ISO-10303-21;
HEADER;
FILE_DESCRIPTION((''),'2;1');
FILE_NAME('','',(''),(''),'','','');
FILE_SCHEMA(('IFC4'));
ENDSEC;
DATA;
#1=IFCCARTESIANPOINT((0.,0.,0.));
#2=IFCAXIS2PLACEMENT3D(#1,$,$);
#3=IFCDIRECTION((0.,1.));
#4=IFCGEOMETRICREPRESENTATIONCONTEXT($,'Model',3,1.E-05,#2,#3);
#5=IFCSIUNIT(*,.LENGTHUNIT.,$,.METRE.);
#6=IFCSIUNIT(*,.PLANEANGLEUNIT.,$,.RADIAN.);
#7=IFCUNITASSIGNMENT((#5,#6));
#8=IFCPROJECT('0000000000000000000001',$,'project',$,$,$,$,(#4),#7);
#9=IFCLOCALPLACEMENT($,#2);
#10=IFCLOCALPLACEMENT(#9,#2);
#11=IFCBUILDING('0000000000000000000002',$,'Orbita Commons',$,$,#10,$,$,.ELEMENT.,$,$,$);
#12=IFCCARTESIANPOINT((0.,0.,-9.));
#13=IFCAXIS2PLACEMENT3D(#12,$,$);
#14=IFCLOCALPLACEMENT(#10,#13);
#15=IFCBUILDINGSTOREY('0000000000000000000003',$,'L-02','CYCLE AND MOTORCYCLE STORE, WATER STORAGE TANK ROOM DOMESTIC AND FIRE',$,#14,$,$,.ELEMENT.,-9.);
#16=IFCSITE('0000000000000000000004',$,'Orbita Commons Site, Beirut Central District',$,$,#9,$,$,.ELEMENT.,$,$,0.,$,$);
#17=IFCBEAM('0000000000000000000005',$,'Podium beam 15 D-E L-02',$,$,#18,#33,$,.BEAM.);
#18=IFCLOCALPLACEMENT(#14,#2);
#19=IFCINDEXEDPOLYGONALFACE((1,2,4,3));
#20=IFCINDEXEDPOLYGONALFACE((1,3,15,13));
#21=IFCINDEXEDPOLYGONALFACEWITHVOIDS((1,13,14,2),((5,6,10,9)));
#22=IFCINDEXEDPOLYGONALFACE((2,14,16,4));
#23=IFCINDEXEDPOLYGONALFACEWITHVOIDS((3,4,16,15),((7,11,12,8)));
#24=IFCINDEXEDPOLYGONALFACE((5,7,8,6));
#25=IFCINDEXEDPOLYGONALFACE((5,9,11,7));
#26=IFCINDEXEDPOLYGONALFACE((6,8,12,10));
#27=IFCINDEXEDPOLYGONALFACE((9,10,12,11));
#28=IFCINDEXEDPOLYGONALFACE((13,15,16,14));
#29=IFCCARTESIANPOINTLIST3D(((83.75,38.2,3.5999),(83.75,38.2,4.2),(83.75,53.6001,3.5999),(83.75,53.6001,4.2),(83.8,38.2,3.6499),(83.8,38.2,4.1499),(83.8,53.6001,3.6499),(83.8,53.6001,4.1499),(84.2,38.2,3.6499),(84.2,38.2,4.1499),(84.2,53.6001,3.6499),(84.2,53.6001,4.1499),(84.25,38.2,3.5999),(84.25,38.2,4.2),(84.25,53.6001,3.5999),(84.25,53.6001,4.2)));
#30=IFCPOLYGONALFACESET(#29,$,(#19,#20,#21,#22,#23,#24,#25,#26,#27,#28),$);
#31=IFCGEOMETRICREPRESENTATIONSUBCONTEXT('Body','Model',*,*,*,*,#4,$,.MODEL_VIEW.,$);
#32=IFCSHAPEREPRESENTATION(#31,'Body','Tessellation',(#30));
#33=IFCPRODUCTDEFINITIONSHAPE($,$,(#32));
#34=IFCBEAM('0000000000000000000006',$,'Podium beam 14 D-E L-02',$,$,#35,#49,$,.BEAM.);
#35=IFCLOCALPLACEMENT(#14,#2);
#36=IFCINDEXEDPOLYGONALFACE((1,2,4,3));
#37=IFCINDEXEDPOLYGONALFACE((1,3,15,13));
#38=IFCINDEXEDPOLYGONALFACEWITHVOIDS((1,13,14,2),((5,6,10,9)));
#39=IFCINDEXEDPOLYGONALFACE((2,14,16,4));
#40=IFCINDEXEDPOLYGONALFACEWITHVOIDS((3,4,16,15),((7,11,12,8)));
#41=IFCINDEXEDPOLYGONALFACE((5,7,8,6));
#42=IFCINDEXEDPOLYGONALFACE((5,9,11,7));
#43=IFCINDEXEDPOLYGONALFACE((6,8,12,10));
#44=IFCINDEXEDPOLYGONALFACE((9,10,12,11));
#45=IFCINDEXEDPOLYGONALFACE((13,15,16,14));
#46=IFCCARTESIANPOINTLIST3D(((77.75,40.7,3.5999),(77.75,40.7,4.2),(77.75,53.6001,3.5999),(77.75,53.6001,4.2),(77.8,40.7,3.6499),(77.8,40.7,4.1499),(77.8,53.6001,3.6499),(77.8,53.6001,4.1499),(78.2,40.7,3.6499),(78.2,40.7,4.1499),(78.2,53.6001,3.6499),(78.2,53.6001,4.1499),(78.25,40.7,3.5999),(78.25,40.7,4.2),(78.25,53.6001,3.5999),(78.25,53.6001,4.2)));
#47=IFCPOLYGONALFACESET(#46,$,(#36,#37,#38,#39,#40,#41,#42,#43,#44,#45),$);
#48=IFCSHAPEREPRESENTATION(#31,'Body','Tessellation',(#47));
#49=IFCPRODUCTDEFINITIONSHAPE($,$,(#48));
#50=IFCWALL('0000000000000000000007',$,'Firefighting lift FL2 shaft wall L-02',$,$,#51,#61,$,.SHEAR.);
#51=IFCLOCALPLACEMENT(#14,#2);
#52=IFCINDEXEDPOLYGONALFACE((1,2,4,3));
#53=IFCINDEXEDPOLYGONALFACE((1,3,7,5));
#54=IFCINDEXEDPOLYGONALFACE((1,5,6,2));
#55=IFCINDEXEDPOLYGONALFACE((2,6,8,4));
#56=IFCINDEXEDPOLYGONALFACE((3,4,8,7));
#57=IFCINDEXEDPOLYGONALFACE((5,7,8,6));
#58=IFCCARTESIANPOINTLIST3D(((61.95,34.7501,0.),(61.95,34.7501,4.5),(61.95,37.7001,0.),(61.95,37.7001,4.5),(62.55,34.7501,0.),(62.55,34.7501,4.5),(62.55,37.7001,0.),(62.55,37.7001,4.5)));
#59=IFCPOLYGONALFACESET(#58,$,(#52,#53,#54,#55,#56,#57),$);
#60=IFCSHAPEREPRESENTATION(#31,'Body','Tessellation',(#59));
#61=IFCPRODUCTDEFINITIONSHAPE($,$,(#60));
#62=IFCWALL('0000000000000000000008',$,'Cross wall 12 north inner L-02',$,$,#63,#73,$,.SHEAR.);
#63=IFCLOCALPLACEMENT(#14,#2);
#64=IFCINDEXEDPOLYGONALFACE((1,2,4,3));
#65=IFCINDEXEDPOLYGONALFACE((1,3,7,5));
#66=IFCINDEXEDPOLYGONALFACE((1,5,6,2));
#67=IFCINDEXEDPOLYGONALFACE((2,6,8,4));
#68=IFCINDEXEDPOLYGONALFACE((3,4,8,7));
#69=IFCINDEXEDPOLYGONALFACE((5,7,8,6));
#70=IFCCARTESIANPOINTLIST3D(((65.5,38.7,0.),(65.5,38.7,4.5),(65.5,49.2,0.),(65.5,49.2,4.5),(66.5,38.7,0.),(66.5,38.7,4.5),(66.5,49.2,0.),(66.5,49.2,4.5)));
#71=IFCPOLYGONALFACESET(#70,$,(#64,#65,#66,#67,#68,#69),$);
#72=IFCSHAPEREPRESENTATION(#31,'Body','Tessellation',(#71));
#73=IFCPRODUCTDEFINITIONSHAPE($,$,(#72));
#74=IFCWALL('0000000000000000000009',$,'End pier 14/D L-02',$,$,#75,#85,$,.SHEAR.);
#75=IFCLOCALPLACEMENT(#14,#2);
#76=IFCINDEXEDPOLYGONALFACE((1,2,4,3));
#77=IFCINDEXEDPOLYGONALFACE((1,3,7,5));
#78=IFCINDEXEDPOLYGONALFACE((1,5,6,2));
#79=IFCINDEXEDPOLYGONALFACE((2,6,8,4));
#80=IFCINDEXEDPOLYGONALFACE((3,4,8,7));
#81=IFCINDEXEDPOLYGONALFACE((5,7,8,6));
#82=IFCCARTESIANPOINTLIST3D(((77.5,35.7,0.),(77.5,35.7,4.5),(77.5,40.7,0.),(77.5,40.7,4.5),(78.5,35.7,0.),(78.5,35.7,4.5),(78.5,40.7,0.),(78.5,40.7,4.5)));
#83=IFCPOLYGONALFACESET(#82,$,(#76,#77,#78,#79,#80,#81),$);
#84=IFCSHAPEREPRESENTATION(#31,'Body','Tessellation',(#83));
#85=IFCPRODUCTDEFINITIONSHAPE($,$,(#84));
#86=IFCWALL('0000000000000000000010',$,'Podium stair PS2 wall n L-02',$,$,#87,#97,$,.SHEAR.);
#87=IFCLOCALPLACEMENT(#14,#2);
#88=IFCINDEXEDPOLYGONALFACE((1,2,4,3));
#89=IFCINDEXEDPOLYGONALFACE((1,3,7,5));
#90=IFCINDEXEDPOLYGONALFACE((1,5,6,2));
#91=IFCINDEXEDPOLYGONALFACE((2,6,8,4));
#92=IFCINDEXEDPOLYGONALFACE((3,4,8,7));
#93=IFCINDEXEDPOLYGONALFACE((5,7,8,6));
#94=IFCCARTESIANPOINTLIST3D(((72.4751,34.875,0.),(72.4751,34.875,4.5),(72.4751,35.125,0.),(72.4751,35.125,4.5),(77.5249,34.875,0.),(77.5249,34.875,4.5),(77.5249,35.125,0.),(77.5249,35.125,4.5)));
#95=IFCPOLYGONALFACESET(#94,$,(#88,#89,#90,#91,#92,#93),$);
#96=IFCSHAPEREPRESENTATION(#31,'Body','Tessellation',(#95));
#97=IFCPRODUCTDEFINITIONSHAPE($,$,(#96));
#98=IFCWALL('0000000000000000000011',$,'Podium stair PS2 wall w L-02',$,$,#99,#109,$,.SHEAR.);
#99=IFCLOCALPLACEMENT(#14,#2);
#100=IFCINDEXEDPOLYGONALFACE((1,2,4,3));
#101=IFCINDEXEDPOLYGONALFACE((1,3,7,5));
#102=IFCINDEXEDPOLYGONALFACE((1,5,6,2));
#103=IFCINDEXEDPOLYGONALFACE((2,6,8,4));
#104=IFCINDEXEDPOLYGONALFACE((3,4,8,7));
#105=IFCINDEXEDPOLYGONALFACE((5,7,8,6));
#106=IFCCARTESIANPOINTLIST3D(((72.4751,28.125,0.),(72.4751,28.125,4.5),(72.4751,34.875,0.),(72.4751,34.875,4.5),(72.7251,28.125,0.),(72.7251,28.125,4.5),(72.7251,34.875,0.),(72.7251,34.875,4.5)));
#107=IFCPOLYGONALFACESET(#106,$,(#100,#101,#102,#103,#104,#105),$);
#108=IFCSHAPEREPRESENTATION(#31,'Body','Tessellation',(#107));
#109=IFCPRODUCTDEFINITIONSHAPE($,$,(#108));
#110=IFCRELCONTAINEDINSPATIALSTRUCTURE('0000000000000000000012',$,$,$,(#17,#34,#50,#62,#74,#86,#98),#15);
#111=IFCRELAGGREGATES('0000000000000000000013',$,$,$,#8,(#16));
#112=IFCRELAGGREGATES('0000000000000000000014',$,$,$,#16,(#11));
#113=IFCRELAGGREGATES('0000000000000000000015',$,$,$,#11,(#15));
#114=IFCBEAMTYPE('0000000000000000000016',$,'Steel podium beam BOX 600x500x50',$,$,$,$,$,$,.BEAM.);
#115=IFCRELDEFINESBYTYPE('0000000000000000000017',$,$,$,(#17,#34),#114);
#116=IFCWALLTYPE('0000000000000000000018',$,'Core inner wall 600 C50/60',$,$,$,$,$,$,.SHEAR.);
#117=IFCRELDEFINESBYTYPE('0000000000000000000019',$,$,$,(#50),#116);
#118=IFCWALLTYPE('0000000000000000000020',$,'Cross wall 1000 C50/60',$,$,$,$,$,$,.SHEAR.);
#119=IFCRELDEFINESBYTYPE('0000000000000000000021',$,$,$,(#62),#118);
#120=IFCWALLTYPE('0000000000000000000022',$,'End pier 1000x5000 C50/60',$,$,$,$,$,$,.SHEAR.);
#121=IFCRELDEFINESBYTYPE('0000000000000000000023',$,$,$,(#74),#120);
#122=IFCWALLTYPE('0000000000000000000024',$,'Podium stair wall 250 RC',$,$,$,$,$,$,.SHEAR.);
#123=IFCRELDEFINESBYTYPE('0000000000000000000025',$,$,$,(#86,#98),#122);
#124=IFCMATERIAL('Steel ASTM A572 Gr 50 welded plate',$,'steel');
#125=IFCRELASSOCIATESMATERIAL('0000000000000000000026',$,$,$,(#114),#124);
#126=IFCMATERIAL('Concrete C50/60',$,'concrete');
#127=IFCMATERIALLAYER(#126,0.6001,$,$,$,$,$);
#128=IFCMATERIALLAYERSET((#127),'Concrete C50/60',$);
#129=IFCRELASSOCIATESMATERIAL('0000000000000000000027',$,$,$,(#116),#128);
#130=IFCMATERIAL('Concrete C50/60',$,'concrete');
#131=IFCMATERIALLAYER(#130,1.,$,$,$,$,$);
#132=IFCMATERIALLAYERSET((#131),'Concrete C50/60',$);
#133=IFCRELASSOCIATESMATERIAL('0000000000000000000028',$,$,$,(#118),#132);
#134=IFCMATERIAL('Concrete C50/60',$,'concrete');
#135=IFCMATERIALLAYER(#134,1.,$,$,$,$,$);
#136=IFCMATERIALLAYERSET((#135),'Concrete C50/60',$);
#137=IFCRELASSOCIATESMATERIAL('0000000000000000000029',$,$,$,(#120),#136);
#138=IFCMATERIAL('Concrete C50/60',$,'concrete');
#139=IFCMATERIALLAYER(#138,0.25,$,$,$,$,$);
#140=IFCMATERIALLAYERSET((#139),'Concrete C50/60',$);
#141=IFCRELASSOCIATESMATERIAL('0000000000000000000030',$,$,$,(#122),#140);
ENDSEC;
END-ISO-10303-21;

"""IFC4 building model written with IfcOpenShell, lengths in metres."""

from ifc_helpers import new_model, si_unit, direction, frame, frame_2d, origin, origin_2d, place, context, subcontext, project, spatial, rectangle, hollow_rectangle, extrude, material, layer, layer_set, material_profile, profile_set, type_object, element, save


model = new_model("IFC4")

# Units and contexts
model_context = context("Model", 3, precision=1e-05, world=origin(), true_north=direction((0.0, 1.0)))
body_context = subcontext(model_context, "Body", "Model", "MODEL_VIEW")
ifc_project = project(units=[si_unit("LENGTHUNIT", "METRE"), si_unit("PLANEANGLEUNIT", "RADIAN")], contexts=[model_context])

# Site, building, storey
site_placement = place(None, origin())
site = spatial("IfcSite", under=ifc_project, at=site_placement, Name="Orbita Commons Site, Beirut Central District", CompositionType="ELEMENT", RefElevation=0.0)
building_placement = place(site_placement, origin())
building = spatial("IfcBuilding", under=site, at=building_placement, Name="Orbita Commons", CompositionType="ELEMENT")
storey_placement = place(building_placement, frame((0.0, 0.0, -9.0)))
storey = spatial("IfcBuildingStorey", under=building, at=storey_placement, Name="L-02", Description="CYCLE AND MOTORCYCLE STORE, WATER STORAGE TANK ROOM DOMESTIC AND FIRE", CompositionType="ELEMENT", Elevation=-9.0)

# Beams
ifc_material_1 = material(Name="Steel ASTM A572 Gr 50 welded plate", Category="steel")
ifc_material_profile_1 = material_profile(ifc_material_1, hollow_rectangle(XDim=0.5, YDim=0.6001, WallThickness=0.05, at=origin_2d()), Name="BOX 600x500x50")
ifc_profile_set_1 = profile_set([ifc_material_profile_1], Name="Steel ASTM A572 Gr 50 welded plate")
beam_type = type_object("IfcBeamType", Name="Steel podium beam BOX 600x500x50", PredefinedType="BEAM", material=ifc_profile_set_1)
beam_1_placement = place(storey_placement, frame((84.0, 38.2, 3.8999), z_axis=(0.0, 1.0, 0.0), x_axis=(-1.0, 0.0, 0.0)))
element("IfcBeam", 1, at=beam_1_placement, inside=storey, type_object=beam_type, Name="Podium beam 15 D-E L-02", PredefinedType="BEAM", context=body_context, shape_type="SweptSolid", body=[
    extrude(hollow_rectangle(XDim=0.5, YDim=0.6001, WallThickness=0.05, at=origin_2d()), origin(), (0.0, 0.0, 1.0), 15.4001),
])
beam_2_placement = place(storey_placement, frame((78.0, 40.7, 3.8999), z_axis=(0.0, 1.0, 0.0), x_axis=(-1.0, 0.0, 0.0)))
element("IfcBeam", 2, at=beam_2_placement, inside=storey, type_object=beam_type, Name="Podium beam 14 D-E L-02", PredefinedType="BEAM", context=body_context, shape_type="SweptSolid", body=[
    extrude(hollow_rectangle(XDim=0.5, YDim=0.6001, WallThickness=0.05, at=origin_2d()), origin(), (0.0, 0.0, 1.0), 12.9001),
])

# Walls
ifc_material_2 = material(Name="Concrete C50/60", Category="concrete")
ifc_layer_1 = layer(ifc_material_2, 0.6001)
ifc_layer_set_1 = layer_set([ifc_layer_1], Name="Concrete C50/60")
wall_type_1 = type_object("IfcWallType", Name="Core inner wall 600 C50/60", PredefinedType="SHEAR", material=ifc_layer_set_1)
wall_1_placement = place(storey_placement, frame((62.25, 34.75, 0.0), z_axis=(0.0, 0.0, 1.0), x_axis=(0.0, 1.0, 0.0)))
element("IfcWall", 3, at=wall_1_placement, inside=storey, type_object=wall_type_1, Name="Firefighting lift FL2 shaft wall L-02", PredefinedType="SHEAR", context=body_context, shape_type="SweptSolid", body=[
    extrude(rectangle(XDim=2.95, YDim=0.6001, at=frame_2d((1.4751, 0.0))), origin(), (0.0, 0.0, 1.0), 4.5),
])
ifc_material_3 = material(Name="Concrete C50/60", Category="concrete")
ifc_layer_2 = layer(ifc_material_3, 1.0)
ifc_layer_set_2 = layer_set([ifc_layer_2], Name="Concrete C50/60")
wall_type_2 = type_object("IfcWallType", Name="Cross wall 1000 C50/60", PredefinedType="SHEAR", material=ifc_layer_set_2)
wall_2_placement = place(storey_placement, frame((66.0, 38.7, 0.0), z_axis=(0.0, 0.0, 1.0), x_axis=(0.0, 1.0, 0.0)))
element("IfcWall", 4, at=wall_2_placement, inside=storey, type_object=wall_type_2, Name="Cross wall 12 north inner L-02", PredefinedType="SHEAR", context=body_context, shape_type="SweptSolid", body=[
    extrude(rectangle(XDim=10.5, YDim=1.0, at=frame_2d((5.25, 0.0))), origin(), (0.0, 0.0, 1.0), 4.5),
])
ifc_material_4 = material(Name="Concrete C50/60", Category="concrete")
ifc_layer_3 = layer(ifc_material_4, 1.0)
ifc_layer_set_3 = layer_set([ifc_layer_3], Name="Concrete C50/60")
wall_type_3 = type_object("IfcWallType", Name="End pier 1000x5000 C50/60", PredefinedType="SHEAR", material=ifc_layer_set_3)
wall_3_placement = place(storey_placement, frame((78.0, 35.7, 0.0), z_axis=(0.0, 0.0, 1.0), x_axis=(0.0, 1.0, 0.0)))
element("IfcWall", 5, at=wall_3_placement, inside=storey, type_object=wall_type_3, Name="End pier 14/D L-02", PredefinedType="SHEAR", context=body_context, shape_type="SweptSolid", body=[
    extrude(rectangle(XDim=5.0, YDim=1.0, at=frame_2d((2.5, 0.0))), origin(), (0.0, 0.0, 1.0), 4.5),
])
ifc_material_5 = material(Name="Concrete C50/60", Category="concrete")
ifc_layer_4 = layer(ifc_material_5, 0.25)
ifc_layer_set_4 = layer_set([ifc_layer_4], Name="Concrete C50/60")
wall_type_4 = type_object("IfcWallType", Name="Podium stair wall 250 RC", PredefinedType="SHEAR", material=ifc_layer_set_4)
wall_4_placement = place(storey_placement, frame((77.5249, 35.0, 0.0), z_axis=(0.0, 0.0, 1.0), x_axis=(-1.0, 0.0, 0.0)))
element("IfcWall", 6, at=wall_4_placement, inside=storey, type_object=wall_type_4, Name="Podium stair PS2 wall n L-02", PredefinedType="SHEAR", context=body_context, shape_type="SweptSolid", body=[
    extrude(rectangle(XDim=5.0498, YDim=0.25, at=frame_2d((2.5249, 0.0))), origin(), (0.0, 0.0, 1.0), 4.5),
])
wall_5_placement = place(storey_placement, frame((72.6001, 34.875, 0.0), z_axis=(0.0, 0.0, 1.0), x_axis=(0.0, -1.0, 0.0)))
element("IfcWall", 7, at=wall_5_placement, inside=storey, type_object=wall_type_4, Name="Podium stair PS2 wall w L-02", PredefinedType="SHEAR", context=body_context, shape_type="SweptSolid", body=[
    extrude(rectangle(XDim=6.75, YDim=0.25, at=frame_2d((3.375, 0.0))), origin(), (0.0, 0.0, 1.0), 4.5),
])

save(model, "model.ifc")
